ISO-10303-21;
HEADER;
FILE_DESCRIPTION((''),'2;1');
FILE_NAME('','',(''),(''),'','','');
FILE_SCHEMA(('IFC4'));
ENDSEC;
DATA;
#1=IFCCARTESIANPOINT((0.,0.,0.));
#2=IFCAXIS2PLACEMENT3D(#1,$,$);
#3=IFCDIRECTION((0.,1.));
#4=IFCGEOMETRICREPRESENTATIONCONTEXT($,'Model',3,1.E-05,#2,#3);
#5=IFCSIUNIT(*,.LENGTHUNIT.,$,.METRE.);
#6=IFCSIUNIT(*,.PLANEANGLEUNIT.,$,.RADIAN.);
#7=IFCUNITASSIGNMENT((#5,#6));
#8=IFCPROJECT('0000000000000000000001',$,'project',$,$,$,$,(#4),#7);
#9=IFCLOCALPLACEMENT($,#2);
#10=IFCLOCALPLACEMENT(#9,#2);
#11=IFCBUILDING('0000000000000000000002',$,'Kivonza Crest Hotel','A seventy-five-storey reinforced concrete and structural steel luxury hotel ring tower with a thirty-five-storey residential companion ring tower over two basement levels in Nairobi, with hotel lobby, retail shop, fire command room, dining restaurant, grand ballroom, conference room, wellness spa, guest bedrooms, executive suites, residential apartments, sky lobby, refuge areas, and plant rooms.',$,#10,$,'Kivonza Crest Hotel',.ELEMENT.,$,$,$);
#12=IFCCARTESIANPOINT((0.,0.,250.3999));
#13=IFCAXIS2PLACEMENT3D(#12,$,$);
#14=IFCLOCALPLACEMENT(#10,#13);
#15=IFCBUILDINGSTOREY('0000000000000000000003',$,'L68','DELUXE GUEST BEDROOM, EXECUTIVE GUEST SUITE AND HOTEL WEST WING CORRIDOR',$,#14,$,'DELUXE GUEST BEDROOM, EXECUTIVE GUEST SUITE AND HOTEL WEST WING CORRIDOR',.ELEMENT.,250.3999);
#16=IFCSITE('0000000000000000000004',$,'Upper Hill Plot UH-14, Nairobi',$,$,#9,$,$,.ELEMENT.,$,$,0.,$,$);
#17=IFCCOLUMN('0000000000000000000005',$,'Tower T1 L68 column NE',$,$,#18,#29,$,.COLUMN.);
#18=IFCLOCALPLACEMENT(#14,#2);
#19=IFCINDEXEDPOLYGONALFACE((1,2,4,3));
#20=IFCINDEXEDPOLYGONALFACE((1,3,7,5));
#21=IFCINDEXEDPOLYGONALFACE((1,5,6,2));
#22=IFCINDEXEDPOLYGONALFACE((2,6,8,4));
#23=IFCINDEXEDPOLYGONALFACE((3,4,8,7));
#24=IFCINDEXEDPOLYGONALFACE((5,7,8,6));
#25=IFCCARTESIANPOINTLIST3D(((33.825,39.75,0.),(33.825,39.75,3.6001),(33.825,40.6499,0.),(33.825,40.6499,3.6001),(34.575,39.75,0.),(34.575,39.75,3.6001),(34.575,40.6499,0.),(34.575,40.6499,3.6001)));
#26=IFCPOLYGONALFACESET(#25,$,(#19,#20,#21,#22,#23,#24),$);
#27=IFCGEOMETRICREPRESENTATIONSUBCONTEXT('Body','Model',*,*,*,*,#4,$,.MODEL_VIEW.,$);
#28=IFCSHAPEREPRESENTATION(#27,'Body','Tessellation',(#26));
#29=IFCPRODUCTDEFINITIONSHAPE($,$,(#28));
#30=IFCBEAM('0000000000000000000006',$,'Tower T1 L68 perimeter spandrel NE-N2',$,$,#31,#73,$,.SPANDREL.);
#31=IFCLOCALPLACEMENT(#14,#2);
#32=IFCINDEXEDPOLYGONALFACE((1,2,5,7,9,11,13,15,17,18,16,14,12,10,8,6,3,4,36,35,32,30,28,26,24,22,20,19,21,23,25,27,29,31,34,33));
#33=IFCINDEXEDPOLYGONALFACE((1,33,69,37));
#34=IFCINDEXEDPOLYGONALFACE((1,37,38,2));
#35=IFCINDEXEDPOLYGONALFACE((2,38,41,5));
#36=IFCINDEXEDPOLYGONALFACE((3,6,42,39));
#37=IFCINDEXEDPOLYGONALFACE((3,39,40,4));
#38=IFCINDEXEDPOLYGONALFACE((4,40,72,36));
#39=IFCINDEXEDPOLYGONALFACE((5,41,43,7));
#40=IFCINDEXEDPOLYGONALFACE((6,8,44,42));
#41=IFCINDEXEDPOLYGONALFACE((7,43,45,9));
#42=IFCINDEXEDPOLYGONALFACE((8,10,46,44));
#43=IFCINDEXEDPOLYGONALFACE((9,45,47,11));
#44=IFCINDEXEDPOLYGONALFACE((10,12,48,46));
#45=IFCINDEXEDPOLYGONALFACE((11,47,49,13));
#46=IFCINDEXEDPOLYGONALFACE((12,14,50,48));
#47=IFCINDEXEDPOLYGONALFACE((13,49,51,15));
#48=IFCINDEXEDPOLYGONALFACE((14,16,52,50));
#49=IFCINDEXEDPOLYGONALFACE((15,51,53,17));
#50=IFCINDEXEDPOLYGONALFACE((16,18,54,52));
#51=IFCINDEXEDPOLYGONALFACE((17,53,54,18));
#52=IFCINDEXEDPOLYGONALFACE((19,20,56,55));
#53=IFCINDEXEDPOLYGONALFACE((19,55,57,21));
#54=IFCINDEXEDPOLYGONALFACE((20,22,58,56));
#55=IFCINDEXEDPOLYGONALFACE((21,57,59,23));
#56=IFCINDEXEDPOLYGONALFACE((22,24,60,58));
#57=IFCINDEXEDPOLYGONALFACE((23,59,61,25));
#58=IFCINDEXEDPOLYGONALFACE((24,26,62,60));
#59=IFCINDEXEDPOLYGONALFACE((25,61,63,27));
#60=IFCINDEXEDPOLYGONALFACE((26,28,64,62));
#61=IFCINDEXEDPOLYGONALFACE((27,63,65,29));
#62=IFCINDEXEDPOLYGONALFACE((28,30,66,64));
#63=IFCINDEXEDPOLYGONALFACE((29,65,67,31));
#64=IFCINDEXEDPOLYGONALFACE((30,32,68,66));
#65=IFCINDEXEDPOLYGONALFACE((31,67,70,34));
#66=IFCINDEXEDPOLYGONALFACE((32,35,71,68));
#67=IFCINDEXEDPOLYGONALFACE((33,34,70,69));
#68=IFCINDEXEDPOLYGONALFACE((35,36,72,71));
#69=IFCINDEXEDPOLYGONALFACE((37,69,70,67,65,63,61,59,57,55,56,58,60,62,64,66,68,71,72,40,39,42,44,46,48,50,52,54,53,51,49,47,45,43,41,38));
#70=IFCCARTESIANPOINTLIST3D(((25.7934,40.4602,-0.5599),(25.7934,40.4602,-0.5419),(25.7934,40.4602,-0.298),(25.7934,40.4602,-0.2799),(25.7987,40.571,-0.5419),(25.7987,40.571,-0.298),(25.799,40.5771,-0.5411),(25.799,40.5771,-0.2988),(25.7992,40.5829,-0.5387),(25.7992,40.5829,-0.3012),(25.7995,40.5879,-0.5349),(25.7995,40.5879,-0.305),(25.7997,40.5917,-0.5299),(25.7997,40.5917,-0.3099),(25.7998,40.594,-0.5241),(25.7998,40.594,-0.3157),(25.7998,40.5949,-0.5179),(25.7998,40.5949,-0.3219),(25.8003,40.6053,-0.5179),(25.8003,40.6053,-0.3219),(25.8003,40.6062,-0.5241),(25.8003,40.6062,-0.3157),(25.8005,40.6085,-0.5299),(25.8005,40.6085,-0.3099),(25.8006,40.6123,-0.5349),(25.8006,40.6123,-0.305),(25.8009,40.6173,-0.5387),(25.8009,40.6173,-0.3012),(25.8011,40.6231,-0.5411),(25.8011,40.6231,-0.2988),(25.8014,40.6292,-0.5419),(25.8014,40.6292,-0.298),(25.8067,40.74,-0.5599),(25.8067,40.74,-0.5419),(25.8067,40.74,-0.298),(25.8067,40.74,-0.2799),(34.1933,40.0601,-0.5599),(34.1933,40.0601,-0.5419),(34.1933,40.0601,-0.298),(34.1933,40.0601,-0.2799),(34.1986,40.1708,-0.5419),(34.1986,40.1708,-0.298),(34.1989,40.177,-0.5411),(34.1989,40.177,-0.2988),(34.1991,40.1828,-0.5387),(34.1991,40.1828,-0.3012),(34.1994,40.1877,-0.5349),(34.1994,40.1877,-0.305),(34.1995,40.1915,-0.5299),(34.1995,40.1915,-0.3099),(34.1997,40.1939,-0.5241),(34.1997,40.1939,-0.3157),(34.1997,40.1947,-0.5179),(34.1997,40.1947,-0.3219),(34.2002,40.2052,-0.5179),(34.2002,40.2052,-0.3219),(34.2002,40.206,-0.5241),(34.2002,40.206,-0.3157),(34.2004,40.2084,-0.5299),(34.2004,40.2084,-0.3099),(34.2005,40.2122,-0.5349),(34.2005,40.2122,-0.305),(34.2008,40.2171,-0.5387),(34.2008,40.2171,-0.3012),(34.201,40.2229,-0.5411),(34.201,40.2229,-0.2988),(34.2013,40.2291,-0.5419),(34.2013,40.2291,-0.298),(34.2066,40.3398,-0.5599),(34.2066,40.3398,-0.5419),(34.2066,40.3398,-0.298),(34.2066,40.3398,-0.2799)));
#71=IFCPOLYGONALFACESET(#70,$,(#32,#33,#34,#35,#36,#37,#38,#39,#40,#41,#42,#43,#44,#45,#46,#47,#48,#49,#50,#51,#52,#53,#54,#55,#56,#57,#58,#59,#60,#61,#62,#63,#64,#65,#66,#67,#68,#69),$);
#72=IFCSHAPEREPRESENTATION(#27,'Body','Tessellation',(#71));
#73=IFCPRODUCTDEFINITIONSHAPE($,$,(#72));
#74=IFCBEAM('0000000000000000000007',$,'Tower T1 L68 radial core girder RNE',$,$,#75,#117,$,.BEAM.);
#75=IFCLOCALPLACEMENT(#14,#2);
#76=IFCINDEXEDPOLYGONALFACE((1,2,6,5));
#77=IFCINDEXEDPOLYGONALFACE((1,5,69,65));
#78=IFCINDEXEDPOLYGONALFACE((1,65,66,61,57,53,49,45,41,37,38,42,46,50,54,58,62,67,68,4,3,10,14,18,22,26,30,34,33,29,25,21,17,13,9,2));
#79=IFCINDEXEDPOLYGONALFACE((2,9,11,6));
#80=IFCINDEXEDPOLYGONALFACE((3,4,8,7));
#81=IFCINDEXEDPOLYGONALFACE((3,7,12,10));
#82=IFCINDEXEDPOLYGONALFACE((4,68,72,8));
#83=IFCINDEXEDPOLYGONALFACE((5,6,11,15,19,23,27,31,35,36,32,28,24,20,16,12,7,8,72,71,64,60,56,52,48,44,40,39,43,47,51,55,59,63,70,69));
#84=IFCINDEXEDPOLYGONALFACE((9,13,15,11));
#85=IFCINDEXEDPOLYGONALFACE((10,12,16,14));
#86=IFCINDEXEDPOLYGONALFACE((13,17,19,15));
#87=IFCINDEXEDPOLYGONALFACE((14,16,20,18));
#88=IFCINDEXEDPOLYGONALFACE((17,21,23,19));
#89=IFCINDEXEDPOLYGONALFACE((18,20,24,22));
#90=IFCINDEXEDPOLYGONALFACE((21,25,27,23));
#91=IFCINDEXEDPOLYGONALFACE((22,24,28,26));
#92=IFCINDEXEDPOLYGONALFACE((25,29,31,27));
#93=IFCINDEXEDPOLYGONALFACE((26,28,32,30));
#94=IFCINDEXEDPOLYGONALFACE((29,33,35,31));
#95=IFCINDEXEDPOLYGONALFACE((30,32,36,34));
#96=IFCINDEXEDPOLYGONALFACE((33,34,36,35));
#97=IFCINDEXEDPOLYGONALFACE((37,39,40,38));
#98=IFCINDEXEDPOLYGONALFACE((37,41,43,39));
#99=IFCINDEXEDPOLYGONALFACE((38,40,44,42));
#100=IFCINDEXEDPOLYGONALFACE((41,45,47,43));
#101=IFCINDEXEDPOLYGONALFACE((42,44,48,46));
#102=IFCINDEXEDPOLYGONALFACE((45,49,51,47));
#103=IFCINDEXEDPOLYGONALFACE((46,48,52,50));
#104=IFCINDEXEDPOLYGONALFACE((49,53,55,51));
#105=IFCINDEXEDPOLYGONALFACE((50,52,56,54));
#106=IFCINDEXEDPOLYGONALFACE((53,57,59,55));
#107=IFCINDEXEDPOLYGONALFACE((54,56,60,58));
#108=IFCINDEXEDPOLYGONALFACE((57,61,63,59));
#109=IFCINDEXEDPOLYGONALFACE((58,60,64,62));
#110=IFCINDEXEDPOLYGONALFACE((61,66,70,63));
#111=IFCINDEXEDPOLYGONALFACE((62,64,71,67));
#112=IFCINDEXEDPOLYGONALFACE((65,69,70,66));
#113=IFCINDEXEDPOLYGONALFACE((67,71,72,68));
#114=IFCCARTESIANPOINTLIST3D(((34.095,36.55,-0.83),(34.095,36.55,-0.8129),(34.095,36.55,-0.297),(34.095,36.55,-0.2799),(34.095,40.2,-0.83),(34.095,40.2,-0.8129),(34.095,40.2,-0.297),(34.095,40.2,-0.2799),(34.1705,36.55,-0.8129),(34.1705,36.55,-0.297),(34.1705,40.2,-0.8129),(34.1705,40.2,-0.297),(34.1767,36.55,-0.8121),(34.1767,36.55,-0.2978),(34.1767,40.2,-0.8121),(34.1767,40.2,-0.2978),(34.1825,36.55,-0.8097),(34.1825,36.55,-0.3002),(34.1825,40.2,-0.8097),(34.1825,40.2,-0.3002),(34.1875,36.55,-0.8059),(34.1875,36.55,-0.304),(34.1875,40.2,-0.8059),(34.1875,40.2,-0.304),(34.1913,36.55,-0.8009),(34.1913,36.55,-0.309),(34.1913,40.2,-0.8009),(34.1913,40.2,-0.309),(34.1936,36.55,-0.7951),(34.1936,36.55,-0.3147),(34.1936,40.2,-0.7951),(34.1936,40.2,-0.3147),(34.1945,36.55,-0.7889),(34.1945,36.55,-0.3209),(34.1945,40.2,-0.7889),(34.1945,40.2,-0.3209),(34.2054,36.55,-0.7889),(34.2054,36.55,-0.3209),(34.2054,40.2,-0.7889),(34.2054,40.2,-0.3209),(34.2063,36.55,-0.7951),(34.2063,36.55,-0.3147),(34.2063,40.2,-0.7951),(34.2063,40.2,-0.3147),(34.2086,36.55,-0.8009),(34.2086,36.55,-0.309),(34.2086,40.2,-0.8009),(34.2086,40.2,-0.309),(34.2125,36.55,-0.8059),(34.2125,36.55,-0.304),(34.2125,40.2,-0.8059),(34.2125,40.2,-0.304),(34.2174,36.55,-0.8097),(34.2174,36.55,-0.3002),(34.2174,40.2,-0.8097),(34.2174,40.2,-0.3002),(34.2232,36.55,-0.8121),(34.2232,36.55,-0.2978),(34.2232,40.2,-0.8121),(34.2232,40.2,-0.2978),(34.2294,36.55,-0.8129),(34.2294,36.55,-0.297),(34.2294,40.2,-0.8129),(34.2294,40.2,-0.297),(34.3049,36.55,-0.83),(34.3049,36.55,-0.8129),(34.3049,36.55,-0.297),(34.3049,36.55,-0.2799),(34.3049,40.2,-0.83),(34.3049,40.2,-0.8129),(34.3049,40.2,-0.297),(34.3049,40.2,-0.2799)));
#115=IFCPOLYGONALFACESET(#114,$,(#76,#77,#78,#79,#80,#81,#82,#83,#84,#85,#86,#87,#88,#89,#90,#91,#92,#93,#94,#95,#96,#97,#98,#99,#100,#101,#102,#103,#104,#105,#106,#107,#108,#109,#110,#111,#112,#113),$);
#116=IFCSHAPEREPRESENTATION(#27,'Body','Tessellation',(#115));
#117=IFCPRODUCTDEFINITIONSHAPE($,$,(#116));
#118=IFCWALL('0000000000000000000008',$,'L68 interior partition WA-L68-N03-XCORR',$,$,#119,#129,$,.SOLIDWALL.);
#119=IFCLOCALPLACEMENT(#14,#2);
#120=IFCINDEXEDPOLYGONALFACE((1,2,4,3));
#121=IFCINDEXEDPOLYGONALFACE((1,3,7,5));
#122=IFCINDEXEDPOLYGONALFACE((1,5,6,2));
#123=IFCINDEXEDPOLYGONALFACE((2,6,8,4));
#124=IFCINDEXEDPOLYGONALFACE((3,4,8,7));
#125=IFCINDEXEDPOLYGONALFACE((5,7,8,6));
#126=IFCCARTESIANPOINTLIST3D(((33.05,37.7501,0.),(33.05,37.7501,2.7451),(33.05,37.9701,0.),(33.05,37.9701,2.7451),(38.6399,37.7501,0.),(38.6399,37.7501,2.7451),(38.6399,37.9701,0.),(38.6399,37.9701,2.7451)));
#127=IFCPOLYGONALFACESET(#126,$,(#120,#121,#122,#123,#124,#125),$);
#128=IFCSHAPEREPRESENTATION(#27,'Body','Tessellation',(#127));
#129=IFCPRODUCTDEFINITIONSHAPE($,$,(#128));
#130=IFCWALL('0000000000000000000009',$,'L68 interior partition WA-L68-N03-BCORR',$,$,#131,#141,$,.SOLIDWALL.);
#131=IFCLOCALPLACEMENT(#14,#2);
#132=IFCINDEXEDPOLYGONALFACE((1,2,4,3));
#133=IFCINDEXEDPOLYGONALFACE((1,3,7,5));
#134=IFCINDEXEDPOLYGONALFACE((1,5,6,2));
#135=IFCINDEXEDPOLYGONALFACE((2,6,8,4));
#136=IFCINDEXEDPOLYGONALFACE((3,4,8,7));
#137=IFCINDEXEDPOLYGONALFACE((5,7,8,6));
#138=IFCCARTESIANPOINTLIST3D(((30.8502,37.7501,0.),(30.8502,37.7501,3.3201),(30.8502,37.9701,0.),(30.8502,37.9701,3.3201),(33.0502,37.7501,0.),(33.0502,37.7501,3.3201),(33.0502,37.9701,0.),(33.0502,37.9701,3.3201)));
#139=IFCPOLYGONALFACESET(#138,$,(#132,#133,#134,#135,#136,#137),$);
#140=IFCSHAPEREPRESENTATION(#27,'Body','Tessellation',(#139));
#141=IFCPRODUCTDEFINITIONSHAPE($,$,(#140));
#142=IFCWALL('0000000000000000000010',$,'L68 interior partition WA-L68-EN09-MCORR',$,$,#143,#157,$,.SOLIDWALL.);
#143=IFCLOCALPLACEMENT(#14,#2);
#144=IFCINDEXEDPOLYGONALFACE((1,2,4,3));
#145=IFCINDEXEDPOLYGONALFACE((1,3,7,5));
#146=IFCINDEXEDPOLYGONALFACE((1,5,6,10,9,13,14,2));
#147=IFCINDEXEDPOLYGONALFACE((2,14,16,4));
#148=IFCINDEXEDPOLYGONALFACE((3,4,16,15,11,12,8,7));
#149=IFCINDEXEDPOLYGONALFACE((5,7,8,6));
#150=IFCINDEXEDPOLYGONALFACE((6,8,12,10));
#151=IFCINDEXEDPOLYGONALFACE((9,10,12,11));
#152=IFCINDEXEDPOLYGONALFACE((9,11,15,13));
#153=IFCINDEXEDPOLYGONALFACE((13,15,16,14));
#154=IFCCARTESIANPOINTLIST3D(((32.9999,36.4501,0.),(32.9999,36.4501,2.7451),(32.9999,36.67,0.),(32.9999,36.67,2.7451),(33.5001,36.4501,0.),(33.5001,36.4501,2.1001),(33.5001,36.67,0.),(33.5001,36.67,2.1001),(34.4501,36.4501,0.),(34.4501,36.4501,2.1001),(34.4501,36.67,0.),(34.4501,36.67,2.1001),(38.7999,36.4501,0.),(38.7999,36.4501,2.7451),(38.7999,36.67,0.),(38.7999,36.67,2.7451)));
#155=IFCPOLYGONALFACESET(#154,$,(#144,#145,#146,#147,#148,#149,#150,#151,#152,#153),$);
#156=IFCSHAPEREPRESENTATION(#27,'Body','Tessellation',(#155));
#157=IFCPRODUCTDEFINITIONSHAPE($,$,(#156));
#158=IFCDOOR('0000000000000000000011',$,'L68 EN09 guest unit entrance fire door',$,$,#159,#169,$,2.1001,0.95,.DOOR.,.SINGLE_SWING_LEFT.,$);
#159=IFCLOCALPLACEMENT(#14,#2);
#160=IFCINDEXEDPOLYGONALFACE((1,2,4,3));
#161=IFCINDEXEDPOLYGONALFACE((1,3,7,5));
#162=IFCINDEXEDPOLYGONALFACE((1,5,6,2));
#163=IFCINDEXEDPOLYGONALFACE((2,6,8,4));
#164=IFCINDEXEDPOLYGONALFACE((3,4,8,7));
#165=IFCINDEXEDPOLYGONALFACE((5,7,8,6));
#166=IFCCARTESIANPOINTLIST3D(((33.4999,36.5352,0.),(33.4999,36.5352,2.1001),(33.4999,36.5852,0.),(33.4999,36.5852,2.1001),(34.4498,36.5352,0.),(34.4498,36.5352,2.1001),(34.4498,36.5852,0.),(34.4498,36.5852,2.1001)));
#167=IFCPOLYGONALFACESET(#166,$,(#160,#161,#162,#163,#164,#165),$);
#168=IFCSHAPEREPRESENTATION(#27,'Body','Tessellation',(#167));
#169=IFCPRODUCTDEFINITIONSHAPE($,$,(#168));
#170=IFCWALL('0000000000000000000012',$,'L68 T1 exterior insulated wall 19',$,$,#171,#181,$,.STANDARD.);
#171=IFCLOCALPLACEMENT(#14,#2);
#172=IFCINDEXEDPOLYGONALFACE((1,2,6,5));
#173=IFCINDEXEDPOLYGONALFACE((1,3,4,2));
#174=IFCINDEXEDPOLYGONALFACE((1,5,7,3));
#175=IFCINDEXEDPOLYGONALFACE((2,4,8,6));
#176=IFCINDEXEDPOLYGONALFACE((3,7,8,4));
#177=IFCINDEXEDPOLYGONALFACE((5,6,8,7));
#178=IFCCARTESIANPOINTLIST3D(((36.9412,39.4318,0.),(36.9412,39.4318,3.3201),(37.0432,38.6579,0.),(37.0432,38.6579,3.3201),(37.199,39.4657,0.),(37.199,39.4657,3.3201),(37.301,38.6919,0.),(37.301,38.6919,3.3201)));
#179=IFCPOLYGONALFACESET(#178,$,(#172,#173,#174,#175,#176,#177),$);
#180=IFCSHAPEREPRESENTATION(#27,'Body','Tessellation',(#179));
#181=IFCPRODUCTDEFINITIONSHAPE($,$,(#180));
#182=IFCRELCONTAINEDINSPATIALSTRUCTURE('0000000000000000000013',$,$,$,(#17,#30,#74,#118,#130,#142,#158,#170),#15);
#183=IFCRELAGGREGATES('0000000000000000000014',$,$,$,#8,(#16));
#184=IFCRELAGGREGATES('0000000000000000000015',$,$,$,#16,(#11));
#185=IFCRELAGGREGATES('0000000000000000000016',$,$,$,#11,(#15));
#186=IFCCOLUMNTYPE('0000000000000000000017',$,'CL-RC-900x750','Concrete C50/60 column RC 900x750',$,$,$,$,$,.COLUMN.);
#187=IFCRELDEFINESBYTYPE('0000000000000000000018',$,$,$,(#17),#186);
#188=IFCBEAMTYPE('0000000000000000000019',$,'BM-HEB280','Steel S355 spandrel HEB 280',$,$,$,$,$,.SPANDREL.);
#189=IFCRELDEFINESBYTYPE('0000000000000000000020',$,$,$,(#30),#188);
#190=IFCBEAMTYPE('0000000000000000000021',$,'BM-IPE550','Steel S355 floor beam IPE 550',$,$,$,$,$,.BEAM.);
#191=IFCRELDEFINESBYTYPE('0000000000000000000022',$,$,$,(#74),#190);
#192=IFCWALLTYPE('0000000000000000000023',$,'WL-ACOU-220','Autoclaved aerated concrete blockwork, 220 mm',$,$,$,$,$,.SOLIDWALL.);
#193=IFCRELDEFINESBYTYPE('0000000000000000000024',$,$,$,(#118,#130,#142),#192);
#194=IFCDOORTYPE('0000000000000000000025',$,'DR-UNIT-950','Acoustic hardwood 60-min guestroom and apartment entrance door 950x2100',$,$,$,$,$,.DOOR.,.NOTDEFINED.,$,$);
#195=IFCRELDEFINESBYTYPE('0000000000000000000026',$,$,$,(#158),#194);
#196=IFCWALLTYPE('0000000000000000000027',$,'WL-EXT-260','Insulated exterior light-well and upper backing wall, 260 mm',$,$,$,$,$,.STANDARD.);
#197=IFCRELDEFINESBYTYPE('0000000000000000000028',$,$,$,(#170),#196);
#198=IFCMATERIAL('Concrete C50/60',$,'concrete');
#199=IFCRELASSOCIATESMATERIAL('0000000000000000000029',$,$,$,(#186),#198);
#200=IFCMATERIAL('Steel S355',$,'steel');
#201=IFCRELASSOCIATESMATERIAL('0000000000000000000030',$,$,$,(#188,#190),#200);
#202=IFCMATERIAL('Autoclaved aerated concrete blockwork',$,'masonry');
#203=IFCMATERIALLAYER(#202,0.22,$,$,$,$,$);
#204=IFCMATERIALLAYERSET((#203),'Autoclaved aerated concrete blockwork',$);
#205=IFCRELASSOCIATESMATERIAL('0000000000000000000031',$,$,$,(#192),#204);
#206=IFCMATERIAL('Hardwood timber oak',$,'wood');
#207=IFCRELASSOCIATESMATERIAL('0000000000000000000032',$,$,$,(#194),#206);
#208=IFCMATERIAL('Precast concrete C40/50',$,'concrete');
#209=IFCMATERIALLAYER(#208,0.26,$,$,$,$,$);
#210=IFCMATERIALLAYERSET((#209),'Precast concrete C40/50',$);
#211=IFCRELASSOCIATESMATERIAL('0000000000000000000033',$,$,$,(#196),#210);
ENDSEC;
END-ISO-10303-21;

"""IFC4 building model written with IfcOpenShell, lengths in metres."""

from ifc_helpers import new_model, si_unit, direction, frame, frame_2d, origin, origin_2d, place, context, subcontext, project, spatial, rectangle, i_section, extrude, material, layer, layer_set, material_profile, profile_set, type_object, element, fill, save


model = new_model("IFC4")

# Units and contexts
model_context = context("Model", 3, precision=1e-05, world=origin(), true_north=direction((0.0, 1.0)))
body_context = subcontext(model_context, "Body", "Model", "MODEL_VIEW")
ifc_project = project(units=[si_unit("LENGTHUNIT", "METRE"), si_unit("PLANEANGLEUNIT", "RADIAN")], contexts=[model_context])

# Site, building, storey
site_placement = place(None, origin())
site = spatial("IfcSite", under=ifc_project, at=site_placement, Name="Upper Hill Plot UH-14, Nairobi", CompositionType="ELEMENT", RefElevation=0.0)
building_placement = place(site_placement, origin())
building = spatial("IfcBuilding", under=site, at=building_placement, Name="Kivonza Crest Hotel", Description="A seventy-five-storey reinforced concrete and structural steel luxury hotel ring tower with a thirty-five-storey residential companion ring tower over two basement levels in Nairobi, with hotel lobby, retail shop, fire command room, dining restaurant, grand ballroom, conference room, wellness spa, guest bedrooms, executive suites, residential apartments, sky lobby, refuge areas, and plant rooms.", LongName="Kivonza Crest Hotel", CompositionType="ELEMENT")
storey_placement = place(building_placement, frame((0.0, 0.0, 250.3999)))
storey = spatial("IfcBuildingStorey", under=building, at=storey_placement, Name="L68", Description="DELUXE GUEST BEDROOM, EXECUTIVE GUEST SUITE AND HOTEL WEST WING CORRIDOR", LongName="DELUXE GUEST BEDROOM, EXECUTIVE GUEST SUITE AND HOTEL WEST WING CORRIDOR", CompositionType="ELEMENT", Elevation=250.3999)

# Column
ifc_material_1 = material(Name="Concrete C50/60", Category="concrete")
ifc_material_profile_1 = material_profile(ifc_material_1, rectangle(XDim=0.75, YDim=0.8999, at=origin_2d()), Name="RC 900x750")
ifc_profile_set_1 = profile_set([ifc_material_profile_1], Name="Concrete C50/60")
column_type = type_object("IfcColumnType", Name="CL-RC-900x750", Description="Concrete C50/60 column RC 900x750", PredefinedType="COLUMN", material=ifc_profile_set_1)
column_placement = place(storey_placement, frame((34.2, 40.2, 0.0), z_axis=(0.0, 0.0, 1.0), x_axis=(1.0, 0.0, 0.0)))
element("IfcColumn", 1, at=column_placement, inside=storey, type_object=column_type, Name="Tower T1 L68 column NE", PredefinedType="COLUMN", context=body_context, shape_type="SweptSolid", body=[
    extrude(rectangle(XDim=0.75, YDim=0.8999, at=origin_2d()), origin(), (0.0, 0.0, 1.0), 3.6001),
])

# Beams
ifc_material_2 = material(Name="Steel S355", Category="steel")
ifc_material_profile_2 = material_profile(ifc_material_2, i_section(OverallWidth=0.28, OverallDepth=0.28, WebThickness=0.0105, FlangeThickness=0.0181, FilletRadius=0.0239, at=origin_2d()), Name="HEB 280")
ifc_profile_set_2 = profile_set([ifc_material_profile_2], Name="Steel S355")
beam_type_1 = type_object("IfcBeamType", Name="BM-HEB280", Description="Steel S355 spandrel HEB 280", PredefinedType="SPANDREL", material=ifc_profile_set_2)
beam_1_placement = place(storey_placement, frame((34.2, 40.2, -0.4199), z_axis=(-0.998867, 0.047583, 0.0), x_axis=(-0.047583, -0.998867, 0.0)))
element("IfcBeam", 2, at=beam_1_placement, inside=storey, type_object=beam_type_1, Name="Tower T1 L68 perimeter spandrel NE-N2", PredefinedType="SPANDREL", context=body_context, shape_type="SweptSolid", body=[
    extrude(i_section(OverallWidth=0.28, OverallDepth=0.28, WebThickness=0.0105, FlangeThickness=0.0181, FilletRadius=0.0239, at=origin_2d()), origin(), (0.0, 0.0, 1.0), 8.4094),
])
ifc_material_profile_3 = material_profile(ifc_material_2, i_section(OverallWidth=0.21, OverallDepth=0.55, WebThickness=0.011, FlangeThickness=0.0171, FilletRadius=0.0239, at=origin_2d()), Name="IPE 550")
ifc_profile_set_3 = profile_set([ifc_material_profile_3], Name="Steel S355")
beam_type_2 = type_object("IfcBeamType", Name="BM-IPE550", Description="Steel S355 floor beam IPE 550", PredefinedType="BEAM", material=ifc_profile_set_3)
beam_2_placement = place(storey_placement, frame((34.2, 40.2, -0.5549), z_axis=(0.0, -1.0, 0.0), x_axis=(1.0, 0.0, 0.0)))
element("IfcBeam", 3, at=beam_2_placement, inside=storey, type_object=beam_type_2, Name="Tower T1 L68 radial core girder RNE", PredefinedType="BEAM", context=body_context, shape_type="SweptSolid", body=[
    extrude(i_section(OverallWidth=0.21, OverallDepth=0.55, WebThickness=0.011, FlangeThickness=0.0171, FilletRadius=0.0239, at=origin_2d()), origin(), (0.0, 0.0, 1.0), 3.6499),
])

# Walls
ifc_material_3 = material(Name="Autoclaved aerated concrete blockwork", Category="masonry")
ifc_layer_1 = layer(ifc_material_3, 0.22)
ifc_layer_set_1 = layer_set([ifc_layer_1], Name="Autoclaved aerated concrete blockwork")
wall_type_1 = type_object("IfcWallType", Name="WL-ACOU-220", Description="Autoclaved aerated concrete blockwork, 220 mm", PredefinedType="SOLIDWALL", material=ifc_layer_set_1)
wall_1_placement = place(storey_placement, frame((33.05, 37.8601, 0.0), z_axis=(0.0, 0.0, 1.0), x_axis=(1.0, 0.0, 0.0)))
element("IfcWall", 4, at=wall_1_placement, inside=storey, type_object=wall_type_1, Name="L68 interior partition WA-L68-N03-XCORR", PredefinedType="SOLIDWALL", context=body_context, shape_type="SweptSolid", body=[
    extrude(rectangle(XDim=5.5898, YDim=0.22, at=frame_2d((2.7949, 0.0))), origin(), (0.0, 0.0, 1.0), 2.7451),
])
wall_2_placement = place(storey_placement, frame((30.8501, 37.8601, 0.0), z_axis=(0.0, 0.0, 1.0), x_axis=(1.0, 0.0, 0.0)))
element("IfcWall", 5, at=wall_2_placement, inside=storey, type_object=wall_type_1, Name="L68 interior partition WA-L68-N03-BCORR", PredefinedType="SOLIDWALL", context=body_context, shape_type="SweptSolid", body=[
    extrude(rectangle(XDim=2.2, YDim=0.22, at=frame_2d((1.1001, 0.0))), origin(), (0.0, 0.0, 1.0), 3.3201),
])

# Wall, opening, door
wall_3_placement = place(storey_placement, frame((33.0, 36.5601, 0.0), z_axis=(0.0, 0.0, 1.0), x_axis=(1.0, 0.0, 0.0)))
wall_3 = element("IfcWall", 6, at=wall_3_placement, inside=storey, type_object=wall_type_1, Name="L68 interior partition WA-L68-EN09-MCORR", PredefinedType="SOLIDWALL", context=body_context, shape_type="SweptSolid", body=[
    extrude(rectangle(XDim=5.8, YDim=0.22, at=frame_2d((2.8999, 0.0))), origin(), (0.0, 0.0, 1.0), 2.7451),
])
opening_1_placement = place(wall_3_placement, frame((0.5, 0.0, 0.0)))
opening_1 = element("IfcOpeningElement", 7, at=opening_1_placement, cuts=wall_3, PredefinedType="OPENING", context=body_context, shape_type="SweptSolid", body=[
    extrude(rectangle(XDim=0.95, YDim=2.1001, at=frame_2d((0.4751, 1.05))), frame((0.0, 0.1201, 0.0), z_axis=(0.0, -1.0, 0.0), x_axis=(1.0, 0.0, 0.0)), (0.0, 0.0, 1.0), 0.24),
])
ifc_material_4 = material(Name="Hardwood timber oak", Category="wood")
door_type_1 = type_object("IfcDoorType", Name="DR-UNIT-950", Description="Acoustic hardwood 60-min guestroom and apartment entrance door 950x2100", OperationType="NOTDEFINED", PredefinedType="DOOR", material=ifc_material_4)
door_1_placement = place(opening_1_placement, frame((0.95, 0.0, 0.0), z_axis=(0.0, 0.0, 1.0), x_axis=(-1.0, 0.0, 0.0)))
door_1 = element("IfcDoor", 8, at=door_1_placement, inside=storey, type_object=door_type_1, Name="L68 EN09 guest unit entrance fire door", OperationType="SINGLE_SWING_LEFT", OverallHeight=2.1001, OverallWidth=0.95, PredefinedType="DOOR", context=body_context, shape_type="SweptSolid", body=[
    extrude(rectangle(XDim=0.95, YDim=2.1001, at=frame_2d((0.4751, 1.05))), frame((0.0, 0.0249, 0.0), z_axis=(0.0, -1.0, 0.0), x_axis=(1.0, 0.0, 0.0)), (0.0, 0.0, 1.0), 0.05),
])
fill(opening_1, door_1)

# Wall
ifc_material_5 = material(Name="Precast concrete C40/50", Category="concrete")
ifc_layer_2 = layer(ifc_material_5, 0.26)
ifc_layer_set_2 = layer_set([ifc_layer_2], Name="Precast concrete C40/50")
wall_type_2 = type_object("IfcWallType", Name="WL-EXT-260", Description="Insulated exterior light-well and upper backing wall, 260 mm", PredefinedType="STANDARD", material=ifc_layer_set_2)
wall_4_placement = place(storey_placement, frame((37.1721, 38.675, 0.0), z_axis=(0.0, 0.0, 1.0), x_axis=(-0.13073, 0.991418, 0.0)))
element("IfcWall", 9, at=wall_4_placement, inside=storey, type_object=wall_type_2, Name="L68 T1 exterior insulated wall 19", PredefinedType="STANDARD", context=body_context, shape_type="SweptSolid", body=[
    extrude(rectangle(XDim=0.7805, YDim=0.26, at=frame_2d((0.3901, 0.0))), origin(), (0.0, 0.0, 1.0), 3.3201),
])

save(model, "model.ifc")
